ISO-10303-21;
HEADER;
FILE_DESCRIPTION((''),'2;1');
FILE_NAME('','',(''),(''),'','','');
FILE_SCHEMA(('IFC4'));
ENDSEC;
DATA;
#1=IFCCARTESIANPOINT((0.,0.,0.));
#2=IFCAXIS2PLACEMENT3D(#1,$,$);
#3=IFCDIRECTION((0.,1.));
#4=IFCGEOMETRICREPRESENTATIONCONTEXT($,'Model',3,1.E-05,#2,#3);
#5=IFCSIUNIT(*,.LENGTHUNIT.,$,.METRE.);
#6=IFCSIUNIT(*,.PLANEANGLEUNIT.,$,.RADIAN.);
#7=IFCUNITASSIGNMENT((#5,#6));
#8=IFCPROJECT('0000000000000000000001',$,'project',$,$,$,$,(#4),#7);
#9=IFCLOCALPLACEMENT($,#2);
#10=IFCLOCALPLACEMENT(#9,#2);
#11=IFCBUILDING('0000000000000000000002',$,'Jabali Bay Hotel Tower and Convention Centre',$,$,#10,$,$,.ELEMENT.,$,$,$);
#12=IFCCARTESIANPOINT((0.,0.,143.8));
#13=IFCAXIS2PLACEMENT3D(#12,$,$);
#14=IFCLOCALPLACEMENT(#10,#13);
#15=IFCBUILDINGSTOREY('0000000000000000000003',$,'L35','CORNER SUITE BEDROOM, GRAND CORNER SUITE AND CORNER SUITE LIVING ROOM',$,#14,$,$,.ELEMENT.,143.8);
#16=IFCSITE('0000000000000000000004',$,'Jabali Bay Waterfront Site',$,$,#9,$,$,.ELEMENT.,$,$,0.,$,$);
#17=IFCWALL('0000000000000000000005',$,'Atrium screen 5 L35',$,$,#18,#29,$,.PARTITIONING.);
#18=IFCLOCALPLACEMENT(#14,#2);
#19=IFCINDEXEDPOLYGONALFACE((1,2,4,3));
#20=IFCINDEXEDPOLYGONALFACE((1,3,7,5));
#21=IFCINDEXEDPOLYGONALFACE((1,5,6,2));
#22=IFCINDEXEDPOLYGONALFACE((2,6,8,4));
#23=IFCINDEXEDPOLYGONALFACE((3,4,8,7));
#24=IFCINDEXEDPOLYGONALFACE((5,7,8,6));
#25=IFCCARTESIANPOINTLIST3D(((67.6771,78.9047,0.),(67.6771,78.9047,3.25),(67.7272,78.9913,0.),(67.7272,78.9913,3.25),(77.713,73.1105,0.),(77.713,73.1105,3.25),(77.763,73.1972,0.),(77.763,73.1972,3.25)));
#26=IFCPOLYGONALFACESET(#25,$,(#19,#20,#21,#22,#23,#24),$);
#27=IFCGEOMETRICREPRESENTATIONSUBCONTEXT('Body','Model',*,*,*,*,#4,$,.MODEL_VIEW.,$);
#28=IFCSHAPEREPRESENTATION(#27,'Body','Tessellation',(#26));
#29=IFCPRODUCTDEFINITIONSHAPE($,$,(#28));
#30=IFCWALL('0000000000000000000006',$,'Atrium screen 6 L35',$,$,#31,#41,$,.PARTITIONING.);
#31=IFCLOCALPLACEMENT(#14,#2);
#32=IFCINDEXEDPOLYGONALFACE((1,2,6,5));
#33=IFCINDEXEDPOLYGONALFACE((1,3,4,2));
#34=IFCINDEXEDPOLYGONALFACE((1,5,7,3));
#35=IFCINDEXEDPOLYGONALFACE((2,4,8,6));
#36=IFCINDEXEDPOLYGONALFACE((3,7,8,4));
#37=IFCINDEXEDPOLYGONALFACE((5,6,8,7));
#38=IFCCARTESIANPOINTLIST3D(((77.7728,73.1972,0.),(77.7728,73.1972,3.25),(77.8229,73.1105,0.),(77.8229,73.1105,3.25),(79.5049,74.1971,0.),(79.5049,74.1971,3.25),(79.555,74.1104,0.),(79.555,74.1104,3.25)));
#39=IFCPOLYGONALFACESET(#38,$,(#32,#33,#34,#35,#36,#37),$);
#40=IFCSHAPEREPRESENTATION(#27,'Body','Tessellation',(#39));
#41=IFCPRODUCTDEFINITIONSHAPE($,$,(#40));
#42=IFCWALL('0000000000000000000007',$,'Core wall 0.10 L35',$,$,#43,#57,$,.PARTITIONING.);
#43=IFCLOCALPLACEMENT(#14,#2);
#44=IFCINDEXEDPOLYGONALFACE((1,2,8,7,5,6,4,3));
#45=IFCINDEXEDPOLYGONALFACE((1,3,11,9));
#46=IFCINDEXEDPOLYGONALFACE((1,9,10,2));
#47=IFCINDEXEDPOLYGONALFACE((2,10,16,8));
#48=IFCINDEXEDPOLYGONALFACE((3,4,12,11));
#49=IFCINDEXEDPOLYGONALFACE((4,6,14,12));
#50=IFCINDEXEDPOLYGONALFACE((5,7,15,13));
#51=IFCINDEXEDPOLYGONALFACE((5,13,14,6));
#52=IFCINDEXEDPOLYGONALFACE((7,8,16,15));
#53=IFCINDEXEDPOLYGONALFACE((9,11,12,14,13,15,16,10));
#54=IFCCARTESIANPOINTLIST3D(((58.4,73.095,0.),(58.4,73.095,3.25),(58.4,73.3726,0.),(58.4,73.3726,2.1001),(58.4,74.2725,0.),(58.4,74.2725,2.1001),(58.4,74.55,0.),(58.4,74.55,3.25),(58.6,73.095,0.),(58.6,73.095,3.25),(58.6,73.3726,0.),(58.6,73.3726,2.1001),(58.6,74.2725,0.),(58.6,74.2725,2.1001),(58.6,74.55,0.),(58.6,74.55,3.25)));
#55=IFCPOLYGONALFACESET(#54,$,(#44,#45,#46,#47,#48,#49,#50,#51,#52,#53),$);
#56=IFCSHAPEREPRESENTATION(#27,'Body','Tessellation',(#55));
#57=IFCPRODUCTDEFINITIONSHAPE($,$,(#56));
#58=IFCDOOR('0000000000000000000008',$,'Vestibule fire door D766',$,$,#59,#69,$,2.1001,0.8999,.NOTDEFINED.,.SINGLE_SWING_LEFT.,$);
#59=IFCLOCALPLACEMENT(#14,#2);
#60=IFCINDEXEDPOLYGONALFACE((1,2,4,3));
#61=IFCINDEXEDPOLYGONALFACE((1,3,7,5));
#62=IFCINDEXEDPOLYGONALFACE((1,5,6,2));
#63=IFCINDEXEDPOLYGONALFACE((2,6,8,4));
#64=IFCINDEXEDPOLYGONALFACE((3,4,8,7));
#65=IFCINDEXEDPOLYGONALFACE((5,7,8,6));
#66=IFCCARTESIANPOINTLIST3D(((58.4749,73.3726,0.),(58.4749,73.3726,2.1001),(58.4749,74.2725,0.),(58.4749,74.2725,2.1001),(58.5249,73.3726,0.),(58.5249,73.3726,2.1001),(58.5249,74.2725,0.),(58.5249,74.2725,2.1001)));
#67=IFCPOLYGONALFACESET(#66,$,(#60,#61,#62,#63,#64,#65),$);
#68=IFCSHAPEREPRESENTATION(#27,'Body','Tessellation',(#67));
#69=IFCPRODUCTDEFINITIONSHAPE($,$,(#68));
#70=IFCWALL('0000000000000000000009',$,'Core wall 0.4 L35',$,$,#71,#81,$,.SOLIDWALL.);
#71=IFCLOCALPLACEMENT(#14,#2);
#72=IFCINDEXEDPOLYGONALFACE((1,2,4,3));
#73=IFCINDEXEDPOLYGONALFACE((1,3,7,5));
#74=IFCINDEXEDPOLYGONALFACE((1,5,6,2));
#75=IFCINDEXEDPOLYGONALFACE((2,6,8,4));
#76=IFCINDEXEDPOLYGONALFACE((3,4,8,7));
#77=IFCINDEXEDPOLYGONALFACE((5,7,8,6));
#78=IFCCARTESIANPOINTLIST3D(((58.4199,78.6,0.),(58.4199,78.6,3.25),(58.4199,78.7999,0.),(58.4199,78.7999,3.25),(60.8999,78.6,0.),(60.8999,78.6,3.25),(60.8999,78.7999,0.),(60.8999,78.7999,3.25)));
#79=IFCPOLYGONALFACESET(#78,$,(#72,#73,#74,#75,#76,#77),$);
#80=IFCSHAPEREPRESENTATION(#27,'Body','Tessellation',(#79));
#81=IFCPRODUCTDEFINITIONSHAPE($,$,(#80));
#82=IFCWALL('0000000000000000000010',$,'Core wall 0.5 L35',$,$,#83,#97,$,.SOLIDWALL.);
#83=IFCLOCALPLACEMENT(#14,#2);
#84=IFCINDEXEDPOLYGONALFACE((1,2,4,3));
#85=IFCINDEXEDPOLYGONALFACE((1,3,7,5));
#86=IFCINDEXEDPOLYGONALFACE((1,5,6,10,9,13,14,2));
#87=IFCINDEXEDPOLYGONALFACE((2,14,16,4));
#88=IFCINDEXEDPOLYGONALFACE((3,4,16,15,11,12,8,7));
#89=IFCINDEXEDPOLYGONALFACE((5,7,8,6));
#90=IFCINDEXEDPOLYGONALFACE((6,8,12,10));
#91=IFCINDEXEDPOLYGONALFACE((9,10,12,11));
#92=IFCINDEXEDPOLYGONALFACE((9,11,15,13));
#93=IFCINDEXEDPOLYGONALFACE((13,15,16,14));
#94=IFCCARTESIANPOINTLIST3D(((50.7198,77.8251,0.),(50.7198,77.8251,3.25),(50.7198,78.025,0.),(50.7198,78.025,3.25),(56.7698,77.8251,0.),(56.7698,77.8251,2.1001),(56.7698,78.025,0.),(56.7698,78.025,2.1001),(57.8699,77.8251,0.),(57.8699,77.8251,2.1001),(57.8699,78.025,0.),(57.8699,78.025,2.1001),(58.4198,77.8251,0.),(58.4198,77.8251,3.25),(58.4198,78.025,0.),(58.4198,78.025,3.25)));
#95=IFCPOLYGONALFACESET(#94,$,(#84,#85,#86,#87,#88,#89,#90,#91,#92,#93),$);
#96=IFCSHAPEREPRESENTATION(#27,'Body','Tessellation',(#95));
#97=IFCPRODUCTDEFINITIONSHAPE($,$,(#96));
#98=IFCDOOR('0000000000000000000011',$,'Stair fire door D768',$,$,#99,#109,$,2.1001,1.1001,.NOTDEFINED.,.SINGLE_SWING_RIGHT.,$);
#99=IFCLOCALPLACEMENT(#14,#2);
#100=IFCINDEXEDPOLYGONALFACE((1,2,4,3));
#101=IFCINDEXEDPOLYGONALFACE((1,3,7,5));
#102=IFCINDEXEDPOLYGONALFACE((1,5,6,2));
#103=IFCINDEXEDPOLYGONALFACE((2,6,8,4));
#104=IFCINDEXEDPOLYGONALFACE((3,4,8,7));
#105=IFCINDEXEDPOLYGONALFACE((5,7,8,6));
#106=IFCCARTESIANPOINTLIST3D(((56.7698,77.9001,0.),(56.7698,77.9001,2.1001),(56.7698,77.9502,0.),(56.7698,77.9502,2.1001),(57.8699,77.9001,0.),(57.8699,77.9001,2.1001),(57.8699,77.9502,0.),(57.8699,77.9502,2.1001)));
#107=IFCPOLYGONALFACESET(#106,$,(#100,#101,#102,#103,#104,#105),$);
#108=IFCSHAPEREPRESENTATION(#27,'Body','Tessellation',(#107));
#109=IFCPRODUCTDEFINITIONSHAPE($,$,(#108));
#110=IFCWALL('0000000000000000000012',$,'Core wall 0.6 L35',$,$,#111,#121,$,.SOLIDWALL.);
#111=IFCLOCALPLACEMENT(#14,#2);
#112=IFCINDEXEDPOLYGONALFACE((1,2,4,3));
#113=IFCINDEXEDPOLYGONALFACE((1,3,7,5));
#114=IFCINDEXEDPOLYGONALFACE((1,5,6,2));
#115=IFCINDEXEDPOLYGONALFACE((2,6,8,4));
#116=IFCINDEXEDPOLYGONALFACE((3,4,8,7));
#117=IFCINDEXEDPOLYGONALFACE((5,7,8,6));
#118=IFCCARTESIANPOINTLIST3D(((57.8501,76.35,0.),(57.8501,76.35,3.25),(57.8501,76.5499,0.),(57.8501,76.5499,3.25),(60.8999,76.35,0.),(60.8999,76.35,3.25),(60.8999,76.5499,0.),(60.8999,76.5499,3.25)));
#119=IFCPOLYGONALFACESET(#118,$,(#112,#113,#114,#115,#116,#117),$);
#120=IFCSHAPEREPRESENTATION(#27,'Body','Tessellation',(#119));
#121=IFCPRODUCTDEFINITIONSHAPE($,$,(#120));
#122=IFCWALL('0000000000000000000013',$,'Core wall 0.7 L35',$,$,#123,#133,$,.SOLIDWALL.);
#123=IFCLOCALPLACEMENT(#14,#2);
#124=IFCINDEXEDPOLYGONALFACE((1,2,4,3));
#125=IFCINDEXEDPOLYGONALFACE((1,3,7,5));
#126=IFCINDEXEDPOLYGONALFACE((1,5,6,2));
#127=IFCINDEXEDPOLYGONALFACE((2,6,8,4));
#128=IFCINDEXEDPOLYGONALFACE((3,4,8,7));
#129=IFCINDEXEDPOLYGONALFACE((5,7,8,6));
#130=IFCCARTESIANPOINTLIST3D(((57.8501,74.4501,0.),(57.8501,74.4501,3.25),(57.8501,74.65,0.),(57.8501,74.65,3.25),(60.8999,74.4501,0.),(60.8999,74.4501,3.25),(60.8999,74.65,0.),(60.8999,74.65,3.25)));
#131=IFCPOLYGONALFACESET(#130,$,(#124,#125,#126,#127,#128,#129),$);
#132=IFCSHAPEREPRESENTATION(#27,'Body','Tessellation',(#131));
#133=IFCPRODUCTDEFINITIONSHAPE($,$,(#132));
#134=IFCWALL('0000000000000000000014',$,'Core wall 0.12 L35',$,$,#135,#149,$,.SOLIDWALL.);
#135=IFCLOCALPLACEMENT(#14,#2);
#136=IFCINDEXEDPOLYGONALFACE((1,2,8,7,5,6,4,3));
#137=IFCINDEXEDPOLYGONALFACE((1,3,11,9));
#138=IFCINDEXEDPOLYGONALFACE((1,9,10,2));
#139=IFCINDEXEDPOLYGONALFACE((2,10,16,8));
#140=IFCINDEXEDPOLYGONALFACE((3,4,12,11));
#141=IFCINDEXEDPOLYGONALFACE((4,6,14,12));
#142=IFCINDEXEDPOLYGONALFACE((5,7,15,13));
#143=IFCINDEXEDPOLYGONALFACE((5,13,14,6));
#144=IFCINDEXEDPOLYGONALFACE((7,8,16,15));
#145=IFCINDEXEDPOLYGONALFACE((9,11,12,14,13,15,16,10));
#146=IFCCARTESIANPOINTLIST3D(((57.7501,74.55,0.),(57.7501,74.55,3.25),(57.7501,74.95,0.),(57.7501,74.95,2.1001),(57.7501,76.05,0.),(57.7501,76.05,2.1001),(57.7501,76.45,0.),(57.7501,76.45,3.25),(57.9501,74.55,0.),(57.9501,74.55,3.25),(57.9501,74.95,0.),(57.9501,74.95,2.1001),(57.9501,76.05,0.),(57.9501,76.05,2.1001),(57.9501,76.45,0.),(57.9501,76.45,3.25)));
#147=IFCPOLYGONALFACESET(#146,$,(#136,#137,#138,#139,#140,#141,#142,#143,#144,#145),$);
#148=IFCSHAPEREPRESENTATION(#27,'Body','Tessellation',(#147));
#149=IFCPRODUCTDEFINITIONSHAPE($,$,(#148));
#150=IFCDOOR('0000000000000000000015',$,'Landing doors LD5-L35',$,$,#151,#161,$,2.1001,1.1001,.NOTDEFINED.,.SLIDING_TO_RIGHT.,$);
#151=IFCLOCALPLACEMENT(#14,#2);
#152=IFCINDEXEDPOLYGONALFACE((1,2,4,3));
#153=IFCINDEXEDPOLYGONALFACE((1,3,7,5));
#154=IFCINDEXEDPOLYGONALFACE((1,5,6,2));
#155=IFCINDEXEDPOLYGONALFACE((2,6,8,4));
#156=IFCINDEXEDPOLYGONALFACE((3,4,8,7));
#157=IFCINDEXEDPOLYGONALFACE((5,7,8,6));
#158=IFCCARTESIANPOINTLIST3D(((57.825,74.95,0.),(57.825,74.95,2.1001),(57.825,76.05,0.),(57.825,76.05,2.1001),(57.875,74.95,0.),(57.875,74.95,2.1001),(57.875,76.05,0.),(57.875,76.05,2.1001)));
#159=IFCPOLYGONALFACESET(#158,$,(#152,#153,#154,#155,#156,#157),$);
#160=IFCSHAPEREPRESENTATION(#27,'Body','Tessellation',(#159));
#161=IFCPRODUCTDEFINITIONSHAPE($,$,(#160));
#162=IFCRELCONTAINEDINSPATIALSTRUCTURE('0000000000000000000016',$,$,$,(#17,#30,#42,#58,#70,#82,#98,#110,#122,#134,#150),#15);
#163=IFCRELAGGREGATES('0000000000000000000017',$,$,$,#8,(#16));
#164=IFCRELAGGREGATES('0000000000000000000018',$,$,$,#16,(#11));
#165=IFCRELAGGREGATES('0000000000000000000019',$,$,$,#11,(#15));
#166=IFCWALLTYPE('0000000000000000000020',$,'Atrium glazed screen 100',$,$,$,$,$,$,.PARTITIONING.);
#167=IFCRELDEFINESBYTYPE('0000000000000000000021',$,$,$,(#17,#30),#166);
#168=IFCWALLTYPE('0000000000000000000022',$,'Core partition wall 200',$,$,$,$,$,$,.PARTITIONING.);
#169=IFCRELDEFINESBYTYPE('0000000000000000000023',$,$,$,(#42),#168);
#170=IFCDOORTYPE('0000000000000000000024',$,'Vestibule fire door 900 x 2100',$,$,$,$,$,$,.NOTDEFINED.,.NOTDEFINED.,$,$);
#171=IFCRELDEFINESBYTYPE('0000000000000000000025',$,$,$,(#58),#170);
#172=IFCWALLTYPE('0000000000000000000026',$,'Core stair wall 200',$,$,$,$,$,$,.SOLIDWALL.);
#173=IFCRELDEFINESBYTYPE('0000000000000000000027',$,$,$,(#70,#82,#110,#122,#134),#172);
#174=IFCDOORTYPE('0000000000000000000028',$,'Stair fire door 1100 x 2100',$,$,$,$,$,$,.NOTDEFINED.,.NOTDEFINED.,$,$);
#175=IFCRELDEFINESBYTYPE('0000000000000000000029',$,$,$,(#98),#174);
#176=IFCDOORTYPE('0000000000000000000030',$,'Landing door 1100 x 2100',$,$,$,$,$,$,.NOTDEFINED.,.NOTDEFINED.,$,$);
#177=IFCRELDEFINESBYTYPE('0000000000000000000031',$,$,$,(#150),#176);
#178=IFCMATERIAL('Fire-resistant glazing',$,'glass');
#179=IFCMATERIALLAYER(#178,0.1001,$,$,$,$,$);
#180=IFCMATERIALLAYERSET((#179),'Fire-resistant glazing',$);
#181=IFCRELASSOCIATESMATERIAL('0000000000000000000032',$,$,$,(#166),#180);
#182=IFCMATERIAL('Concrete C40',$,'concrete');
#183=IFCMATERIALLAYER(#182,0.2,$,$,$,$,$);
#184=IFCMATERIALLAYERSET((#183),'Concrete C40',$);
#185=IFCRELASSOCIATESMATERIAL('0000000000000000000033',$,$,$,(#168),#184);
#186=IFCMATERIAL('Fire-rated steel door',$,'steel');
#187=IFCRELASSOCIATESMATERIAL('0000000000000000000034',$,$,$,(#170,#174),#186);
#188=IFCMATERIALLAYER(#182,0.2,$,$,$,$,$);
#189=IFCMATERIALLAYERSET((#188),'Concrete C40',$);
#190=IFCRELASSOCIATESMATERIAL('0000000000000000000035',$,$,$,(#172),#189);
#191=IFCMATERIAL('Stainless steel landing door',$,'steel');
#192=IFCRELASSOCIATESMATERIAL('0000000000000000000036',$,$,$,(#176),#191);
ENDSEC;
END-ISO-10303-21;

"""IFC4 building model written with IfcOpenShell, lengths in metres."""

from ifc_helpers import new_model, si_unit, direction, frame, frame_2d, origin, place, context, subcontext, project, spatial, rectangle, extrude, material, layer, layer_set, type_object, element, fill, save


model = new_model("IFC4")

# Units and contexts
model_context = context("Model", 3, precision=1e-05, world=origin(), true_north=direction((0.0, 1.0)))
body_context = subcontext(model_context, "Body", "Model", "MODEL_VIEW")
ifc_project = project(units=[si_unit("LENGTHUNIT", "METRE"), si_unit("PLANEANGLEUNIT", "RADIAN")], contexts=[model_context])

# Site, building, storey
site_placement = place(None, origin())
site = spatial("IfcSite", under=ifc_project, at=site_placement, Name="Jabali Bay Waterfront Site", CompositionType="ELEMENT", RefElevation=0.0)
building_placement = place(site_placement, origin())
building = spatial("IfcBuilding", under=site, at=building_placement, Name="Jabali Bay Hotel Tower and Convention Centre", CompositionType="ELEMENT")
storey_placement = place(building_placement, frame((0.0, 0.0, 143.8)))
storey = spatial("IfcBuildingStorey", under=building, at=storey_placement, Name="L35", Description="CORNER SUITE BEDROOM, GRAND CORNER SUITE AND CORNER SUITE LIVING ROOM", CompositionType="ELEMENT", Elevation=143.8)

# Walls
ifc_material_1 = material(Name="Fire-resistant glazing", Category="glass")
ifc_layer_1 = layer(ifc_material_1, 0.1001)
ifc_layer_set_1 = layer_set([ifc_layer_1], Name="Fire-resistant glazing")
wall_type_1 = type_object("IfcWallType", Name="Atrium glazed screen 100", PredefinedType="PARTITIONING", material=ifc_layer_set_1)
wall_1_placement = place(storey_placement, frame((67.7021, 78.948, 0.0), z_axis=(0.0, 0.0, 1.0), x_axis=(0.866027, -0.499998, 0.0)))
element("IfcWall", 1, at=wall_1_placement, inside=storey, type_object=wall_type_1, Name="Atrium screen 5 L35", PredefinedType="PARTITIONING", context=body_context, shape_type="SweptSolid", body=[
    extrude(rectangle(XDim=11.5884, YDim=0.1001, at=frame_2d((5.7942, 0.0))), origin(), (0.0, 0.0, 1.0), 3.25),
])
wall_2_placement = place(storey_placement, frame((77.7979, 73.1538, 0.0), z_axis=(0.0, 0.0, 1.0), x_axis=(0.866041, 0.499973, 0.0)))
element("IfcWall", 2, at=wall_2_placement, inside=storey, type_object=wall_type_1, Name="Atrium screen 6 L35", PredefinedType="PARTITIONING", context=body_context, shape_type="SweptSolid", body=[
    extrude(rectangle(XDim=2.0, YDim=0.1001, at=frame_2d((1.0, 0.0))), origin(), (0.0, 0.0, 1.0), 3.25),
])

# Wall, opening, door
ifc_material_2 = material(Name="Concrete C40", Category="concrete")
ifc_layer_2 = layer(ifc_material_2, 0.2)
ifc_layer_set_2 = layer_set([ifc_layer_2], Name="Concrete C40")
wall_type_2 = type_object("IfcWallType", Name="Core partition wall 200", PredefinedType="PARTITIONING", material=ifc_layer_set_2)
wall_3_placement = place(storey_placement, frame((58.5, 74.55, 0.0), z_axis=(0.0, 0.0, 1.0), x_axis=(0.0, -1.0, 0.0)))
wall_3 = element("IfcWall", 3, at=wall_3_placement, inside=storey, type_object=wall_type_2, Name="Core wall 0.10 L35", PredefinedType="PARTITIONING", context=body_context, shape_type="SweptSolid", body=[
    extrude(rectangle(XDim=1.4551, YDim=0.2, at=frame_2d((0.7275, 0.0))), origin(), (0.0, 0.0, 1.0), 3.25),
])
opening_1_placement = place(wall_3_placement, frame((0.2776, 0.0, 0.0)))
opening_1 = element("IfcOpeningElement", 4, at=opening_1_placement, cuts=wall_3, PredefinedType="OPENING", context=body_context, shape_type="SweptSolid", body=[
    extrude(rectangle(XDim=0.8999, YDim=2.1001, at=frame_2d((0.45, 1.05))), frame((0.0, 0.1104, 0.0), z_axis=(0.0, -1.0, 0.0), x_axis=(1.0, 0.0, 0.0)), (0.0, 0.0, 1.0), 0.2209),
])
ifc_material_3 = material(Name="Fire-rated steel door", Category="steel")
door_type_1 = type_object("IfcDoorType", Name="Vestibule fire door 900 x 2100", OperationType="NOTDEFINED", PredefinedType="NOTDEFINED", material=ifc_material_3)
door_1_placement = place(opening_1_placement, origin())
door_1 = element("IfcDoor", 5, at=door_1_placement, inside=storey, type_object=door_type_1, Name="Vestibule fire door D766", OperationType="SINGLE_SWING_LEFT", OverallHeight=2.1001, OverallWidth=0.8999, PredefinedType="NOTDEFINED", context=body_context, shape_type="SweptSolid", body=[
    extrude(rectangle(XDim=0.8999, YDim=2.1001, at=frame_2d((0.45, 1.05))), frame((0.0, 0.0249, 0.0), z_axis=(0.0, -1.0, 0.0), x_axis=(1.0, 0.0, 0.0)), (0.0, 0.0, 1.0), 0.05),
])
fill(opening_1, door_1)

# Wall
ifc_layer_3 = layer(ifc_material_2, 0.2)
ifc_layer_set_3 = layer_set([ifc_layer_3], Name="Concrete C40")
wall_type_3 = type_object("IfcWallType", Name="Core stair wall 200", PredefinedType="SOLIDWALL", material=ifc_layer_set_3)
wall_4_placement = place(storey_placement, frame((60.8999, 78.7, 0.0), z_axis=(0.0, 0.0, 1.0), x_axis=(-1.0, 0.0, 0.0)))
element("IfcWall", 6, at=wall_4_placement, inside=storey, type_object=wall_type_3, Name="Core wall 0.4 L35", PredefinedType="SOLIDWALL", context=body_context, shape_type="SweptSolid", body=[
    extrude(rectangle(XDim=2.48, YDim=0.2, at=frame_2d((1.24, 0.0))), origin(), (0.0, 0.0, 1.0), 3.25),
])

# Wall, opening, door
wall_5_placement = place(storey_placement, frame((58.4199, 77.925, 0.0), z_axis=(0.0, 0.0, 1.0), x_axis=(-1.0, 0.0, 0.0)))
wall_5 = element("IfcWall", 7, at=wall_5_placement, inside=storey, type_object=wall_type_3, Name="Core wall 0.5 L35", PredefinedType="SOLIDWALL", context=body_context, shape_type="SweptSolid", body=[
    extrude(rectangle(XDim=7.7, YDim=0.2, at=frame_2d((3.8501, 0.0))), origin(), (0.0, 0.0, 1.0), 3.25),
])
opening_2_placement = place(wall_5_placement, frame((0.55, 0.0, 0.0)))
opening_2 = element("IfcOpeningElement", 8, at=opening_2_placement, cuts=wall_5, PredefinedType="OPENING", context=body_context, shape_type="SweptSolid", body=[
    extrude(rectangle(XDim=1.1001, YDim=2.1001, at=frame_2d((0.55, 1.05))), frame((0.0, 0.1104, 0.0), z_axis=(0.0, -1.0, 0.0), x_axis=(1.0, 0.0, 0.0)), (0.0, 0.0, 1.0), 0.2209),
])
door_type_2 = type_object("IfcDoorType", Name="Stair fire door 1100 x 2100", OperationType="NOTDEFINED", PredefinedType="NOTDEFINED", material=ifc_material_3)
door_2_placement = place(opening_2_placement, origin())
door_2 = element("IfcDoor", 9, at=door_2_placement, inside=storey, type_object=door_type_2, Name="Stair fire door D768", OperationType="SINGLE_SWING_RIGHT", OverallHeight=2.1001, OverallWidth=1.1001, PredefinedType="NOTDEFINED", context=body_context, shape_type="SweptSolid", body=[
    extrude(rectangle(XDim=1.1001, YDim=2.1001, at=frame_2d((0.55, 1.05))), frame((0.0, 0.0249, 0.0), z_axis=(0.0, -1.0, 0.0), x_axis=(1.0, 0.0, 0.0)), (0.0, 0.0, 1.0), 0.05),
])
fill(opening_2, door_2)

# Walls
for number, where, z_axis, x_axis, name in (
    (10, (60.8999, 76.45, 0.0), (0.0, 0.0, 1.0), (-1.0, 0.0, 0.0), "Core wall 0.6 L35"),
    (11, (60.8999, 74.55, 0.0), (0.0, 0.0, 1.0), (-1.0, 0.0, 0.0), "Core wall 0.7 L35"),
):
    element("IfcWall", number, at=place(storey_placement, frame(where, z_axis=z_axis, x_axis=x_axis)), inside=storey, type_object=wall_type_3, Name=name, PredefinedType="SOLIDWALL", context=body_context, shape_type="SweptSolid", body=[
        extrude(rectangle(XDim=3.0498, YDim=0.2, at=frame_2d((1.5249, 0.0))), origin(), (0.0, 0.0, 1.0), 3.25),
    ])

# Wall, opening, door
wall_6_placement = place(storey_placement, frame((57.8501, 76.45, 0.0), z_axis=(0.0, 0.0, 1.0), x_axis=(0.0, -1.0, 0.0)))
wall_6 = element("IfcWall", 12, at=wall_6_placement, inside=storey, type_object=wall_type_3, Name="Core wall 0.12 L35", PredefinedType="SOLIDWALL", context=body_context, shape_type="SweptSolid", body=[
    extrude(rectangle(XDim=1.8999, YDim=0.2, at=frame_2d((0.95, 0.0))), origin(), (0.0, 0.0, 1.0), 3.25),
])
opening_3_placement = place(wall_6_placement, frame((0.3999, 0.0, 0.0)))
opening_3 = element("IfcOpeningElement", 13, at=opening_3_placement, cuts=wall_6, PredefinedType="OPENING", context=body_context, shape_type="SweptSolid", body=[
    extrude(rectangle(XDim=1.1001, YDim=2.1001, at=frame_2d((0.55, 1.05))), frame((0.0, 0.1104, 0.0), z_axis=(0.0, -1.0, 0.0), x_axis=(1.0, 0.0, 0.0)), (0.0, 0.0, 1.0), 0.2209),
])
ifc_material_4 = material(Name="Stainless steel landing door", Category="steel")
door_type_3 = type_object("IfcDoorType", Name="Landing door 1100 x 2100", OperationType="NOTDEFINED", PredefinedType="NOTDEFINED", material=ifc_material_4)
door_3_placement = place(opening_3_placement, origin())
door_3 = element("IfcDoor", 14, at=door_3_placement, inside=storey, type_object=door_type_3, Name="Landing doors LD5-L35", OperationType="SLIDING_TO_RIGHT", OverallHeight=2.1001, OverallWidth=1.1001, PredefinedType="NOTDEFINED", context=body_context, shape_type="SweptSolid", body=[
    extrude(rectangle(XDim=1.1001, YDim=2.1001, at=frame_2d((0.55, 1.05))), frame((0.0, 0.0249, 0.0), z_axis=(0.0, -1.0, 0.0), x_axis=(1.0, 0.0, 0.0)), (0.0, 0.0, 1.0), 0.05),
])
fill(opening_3, door_3)

save(model, "model.ifc")
